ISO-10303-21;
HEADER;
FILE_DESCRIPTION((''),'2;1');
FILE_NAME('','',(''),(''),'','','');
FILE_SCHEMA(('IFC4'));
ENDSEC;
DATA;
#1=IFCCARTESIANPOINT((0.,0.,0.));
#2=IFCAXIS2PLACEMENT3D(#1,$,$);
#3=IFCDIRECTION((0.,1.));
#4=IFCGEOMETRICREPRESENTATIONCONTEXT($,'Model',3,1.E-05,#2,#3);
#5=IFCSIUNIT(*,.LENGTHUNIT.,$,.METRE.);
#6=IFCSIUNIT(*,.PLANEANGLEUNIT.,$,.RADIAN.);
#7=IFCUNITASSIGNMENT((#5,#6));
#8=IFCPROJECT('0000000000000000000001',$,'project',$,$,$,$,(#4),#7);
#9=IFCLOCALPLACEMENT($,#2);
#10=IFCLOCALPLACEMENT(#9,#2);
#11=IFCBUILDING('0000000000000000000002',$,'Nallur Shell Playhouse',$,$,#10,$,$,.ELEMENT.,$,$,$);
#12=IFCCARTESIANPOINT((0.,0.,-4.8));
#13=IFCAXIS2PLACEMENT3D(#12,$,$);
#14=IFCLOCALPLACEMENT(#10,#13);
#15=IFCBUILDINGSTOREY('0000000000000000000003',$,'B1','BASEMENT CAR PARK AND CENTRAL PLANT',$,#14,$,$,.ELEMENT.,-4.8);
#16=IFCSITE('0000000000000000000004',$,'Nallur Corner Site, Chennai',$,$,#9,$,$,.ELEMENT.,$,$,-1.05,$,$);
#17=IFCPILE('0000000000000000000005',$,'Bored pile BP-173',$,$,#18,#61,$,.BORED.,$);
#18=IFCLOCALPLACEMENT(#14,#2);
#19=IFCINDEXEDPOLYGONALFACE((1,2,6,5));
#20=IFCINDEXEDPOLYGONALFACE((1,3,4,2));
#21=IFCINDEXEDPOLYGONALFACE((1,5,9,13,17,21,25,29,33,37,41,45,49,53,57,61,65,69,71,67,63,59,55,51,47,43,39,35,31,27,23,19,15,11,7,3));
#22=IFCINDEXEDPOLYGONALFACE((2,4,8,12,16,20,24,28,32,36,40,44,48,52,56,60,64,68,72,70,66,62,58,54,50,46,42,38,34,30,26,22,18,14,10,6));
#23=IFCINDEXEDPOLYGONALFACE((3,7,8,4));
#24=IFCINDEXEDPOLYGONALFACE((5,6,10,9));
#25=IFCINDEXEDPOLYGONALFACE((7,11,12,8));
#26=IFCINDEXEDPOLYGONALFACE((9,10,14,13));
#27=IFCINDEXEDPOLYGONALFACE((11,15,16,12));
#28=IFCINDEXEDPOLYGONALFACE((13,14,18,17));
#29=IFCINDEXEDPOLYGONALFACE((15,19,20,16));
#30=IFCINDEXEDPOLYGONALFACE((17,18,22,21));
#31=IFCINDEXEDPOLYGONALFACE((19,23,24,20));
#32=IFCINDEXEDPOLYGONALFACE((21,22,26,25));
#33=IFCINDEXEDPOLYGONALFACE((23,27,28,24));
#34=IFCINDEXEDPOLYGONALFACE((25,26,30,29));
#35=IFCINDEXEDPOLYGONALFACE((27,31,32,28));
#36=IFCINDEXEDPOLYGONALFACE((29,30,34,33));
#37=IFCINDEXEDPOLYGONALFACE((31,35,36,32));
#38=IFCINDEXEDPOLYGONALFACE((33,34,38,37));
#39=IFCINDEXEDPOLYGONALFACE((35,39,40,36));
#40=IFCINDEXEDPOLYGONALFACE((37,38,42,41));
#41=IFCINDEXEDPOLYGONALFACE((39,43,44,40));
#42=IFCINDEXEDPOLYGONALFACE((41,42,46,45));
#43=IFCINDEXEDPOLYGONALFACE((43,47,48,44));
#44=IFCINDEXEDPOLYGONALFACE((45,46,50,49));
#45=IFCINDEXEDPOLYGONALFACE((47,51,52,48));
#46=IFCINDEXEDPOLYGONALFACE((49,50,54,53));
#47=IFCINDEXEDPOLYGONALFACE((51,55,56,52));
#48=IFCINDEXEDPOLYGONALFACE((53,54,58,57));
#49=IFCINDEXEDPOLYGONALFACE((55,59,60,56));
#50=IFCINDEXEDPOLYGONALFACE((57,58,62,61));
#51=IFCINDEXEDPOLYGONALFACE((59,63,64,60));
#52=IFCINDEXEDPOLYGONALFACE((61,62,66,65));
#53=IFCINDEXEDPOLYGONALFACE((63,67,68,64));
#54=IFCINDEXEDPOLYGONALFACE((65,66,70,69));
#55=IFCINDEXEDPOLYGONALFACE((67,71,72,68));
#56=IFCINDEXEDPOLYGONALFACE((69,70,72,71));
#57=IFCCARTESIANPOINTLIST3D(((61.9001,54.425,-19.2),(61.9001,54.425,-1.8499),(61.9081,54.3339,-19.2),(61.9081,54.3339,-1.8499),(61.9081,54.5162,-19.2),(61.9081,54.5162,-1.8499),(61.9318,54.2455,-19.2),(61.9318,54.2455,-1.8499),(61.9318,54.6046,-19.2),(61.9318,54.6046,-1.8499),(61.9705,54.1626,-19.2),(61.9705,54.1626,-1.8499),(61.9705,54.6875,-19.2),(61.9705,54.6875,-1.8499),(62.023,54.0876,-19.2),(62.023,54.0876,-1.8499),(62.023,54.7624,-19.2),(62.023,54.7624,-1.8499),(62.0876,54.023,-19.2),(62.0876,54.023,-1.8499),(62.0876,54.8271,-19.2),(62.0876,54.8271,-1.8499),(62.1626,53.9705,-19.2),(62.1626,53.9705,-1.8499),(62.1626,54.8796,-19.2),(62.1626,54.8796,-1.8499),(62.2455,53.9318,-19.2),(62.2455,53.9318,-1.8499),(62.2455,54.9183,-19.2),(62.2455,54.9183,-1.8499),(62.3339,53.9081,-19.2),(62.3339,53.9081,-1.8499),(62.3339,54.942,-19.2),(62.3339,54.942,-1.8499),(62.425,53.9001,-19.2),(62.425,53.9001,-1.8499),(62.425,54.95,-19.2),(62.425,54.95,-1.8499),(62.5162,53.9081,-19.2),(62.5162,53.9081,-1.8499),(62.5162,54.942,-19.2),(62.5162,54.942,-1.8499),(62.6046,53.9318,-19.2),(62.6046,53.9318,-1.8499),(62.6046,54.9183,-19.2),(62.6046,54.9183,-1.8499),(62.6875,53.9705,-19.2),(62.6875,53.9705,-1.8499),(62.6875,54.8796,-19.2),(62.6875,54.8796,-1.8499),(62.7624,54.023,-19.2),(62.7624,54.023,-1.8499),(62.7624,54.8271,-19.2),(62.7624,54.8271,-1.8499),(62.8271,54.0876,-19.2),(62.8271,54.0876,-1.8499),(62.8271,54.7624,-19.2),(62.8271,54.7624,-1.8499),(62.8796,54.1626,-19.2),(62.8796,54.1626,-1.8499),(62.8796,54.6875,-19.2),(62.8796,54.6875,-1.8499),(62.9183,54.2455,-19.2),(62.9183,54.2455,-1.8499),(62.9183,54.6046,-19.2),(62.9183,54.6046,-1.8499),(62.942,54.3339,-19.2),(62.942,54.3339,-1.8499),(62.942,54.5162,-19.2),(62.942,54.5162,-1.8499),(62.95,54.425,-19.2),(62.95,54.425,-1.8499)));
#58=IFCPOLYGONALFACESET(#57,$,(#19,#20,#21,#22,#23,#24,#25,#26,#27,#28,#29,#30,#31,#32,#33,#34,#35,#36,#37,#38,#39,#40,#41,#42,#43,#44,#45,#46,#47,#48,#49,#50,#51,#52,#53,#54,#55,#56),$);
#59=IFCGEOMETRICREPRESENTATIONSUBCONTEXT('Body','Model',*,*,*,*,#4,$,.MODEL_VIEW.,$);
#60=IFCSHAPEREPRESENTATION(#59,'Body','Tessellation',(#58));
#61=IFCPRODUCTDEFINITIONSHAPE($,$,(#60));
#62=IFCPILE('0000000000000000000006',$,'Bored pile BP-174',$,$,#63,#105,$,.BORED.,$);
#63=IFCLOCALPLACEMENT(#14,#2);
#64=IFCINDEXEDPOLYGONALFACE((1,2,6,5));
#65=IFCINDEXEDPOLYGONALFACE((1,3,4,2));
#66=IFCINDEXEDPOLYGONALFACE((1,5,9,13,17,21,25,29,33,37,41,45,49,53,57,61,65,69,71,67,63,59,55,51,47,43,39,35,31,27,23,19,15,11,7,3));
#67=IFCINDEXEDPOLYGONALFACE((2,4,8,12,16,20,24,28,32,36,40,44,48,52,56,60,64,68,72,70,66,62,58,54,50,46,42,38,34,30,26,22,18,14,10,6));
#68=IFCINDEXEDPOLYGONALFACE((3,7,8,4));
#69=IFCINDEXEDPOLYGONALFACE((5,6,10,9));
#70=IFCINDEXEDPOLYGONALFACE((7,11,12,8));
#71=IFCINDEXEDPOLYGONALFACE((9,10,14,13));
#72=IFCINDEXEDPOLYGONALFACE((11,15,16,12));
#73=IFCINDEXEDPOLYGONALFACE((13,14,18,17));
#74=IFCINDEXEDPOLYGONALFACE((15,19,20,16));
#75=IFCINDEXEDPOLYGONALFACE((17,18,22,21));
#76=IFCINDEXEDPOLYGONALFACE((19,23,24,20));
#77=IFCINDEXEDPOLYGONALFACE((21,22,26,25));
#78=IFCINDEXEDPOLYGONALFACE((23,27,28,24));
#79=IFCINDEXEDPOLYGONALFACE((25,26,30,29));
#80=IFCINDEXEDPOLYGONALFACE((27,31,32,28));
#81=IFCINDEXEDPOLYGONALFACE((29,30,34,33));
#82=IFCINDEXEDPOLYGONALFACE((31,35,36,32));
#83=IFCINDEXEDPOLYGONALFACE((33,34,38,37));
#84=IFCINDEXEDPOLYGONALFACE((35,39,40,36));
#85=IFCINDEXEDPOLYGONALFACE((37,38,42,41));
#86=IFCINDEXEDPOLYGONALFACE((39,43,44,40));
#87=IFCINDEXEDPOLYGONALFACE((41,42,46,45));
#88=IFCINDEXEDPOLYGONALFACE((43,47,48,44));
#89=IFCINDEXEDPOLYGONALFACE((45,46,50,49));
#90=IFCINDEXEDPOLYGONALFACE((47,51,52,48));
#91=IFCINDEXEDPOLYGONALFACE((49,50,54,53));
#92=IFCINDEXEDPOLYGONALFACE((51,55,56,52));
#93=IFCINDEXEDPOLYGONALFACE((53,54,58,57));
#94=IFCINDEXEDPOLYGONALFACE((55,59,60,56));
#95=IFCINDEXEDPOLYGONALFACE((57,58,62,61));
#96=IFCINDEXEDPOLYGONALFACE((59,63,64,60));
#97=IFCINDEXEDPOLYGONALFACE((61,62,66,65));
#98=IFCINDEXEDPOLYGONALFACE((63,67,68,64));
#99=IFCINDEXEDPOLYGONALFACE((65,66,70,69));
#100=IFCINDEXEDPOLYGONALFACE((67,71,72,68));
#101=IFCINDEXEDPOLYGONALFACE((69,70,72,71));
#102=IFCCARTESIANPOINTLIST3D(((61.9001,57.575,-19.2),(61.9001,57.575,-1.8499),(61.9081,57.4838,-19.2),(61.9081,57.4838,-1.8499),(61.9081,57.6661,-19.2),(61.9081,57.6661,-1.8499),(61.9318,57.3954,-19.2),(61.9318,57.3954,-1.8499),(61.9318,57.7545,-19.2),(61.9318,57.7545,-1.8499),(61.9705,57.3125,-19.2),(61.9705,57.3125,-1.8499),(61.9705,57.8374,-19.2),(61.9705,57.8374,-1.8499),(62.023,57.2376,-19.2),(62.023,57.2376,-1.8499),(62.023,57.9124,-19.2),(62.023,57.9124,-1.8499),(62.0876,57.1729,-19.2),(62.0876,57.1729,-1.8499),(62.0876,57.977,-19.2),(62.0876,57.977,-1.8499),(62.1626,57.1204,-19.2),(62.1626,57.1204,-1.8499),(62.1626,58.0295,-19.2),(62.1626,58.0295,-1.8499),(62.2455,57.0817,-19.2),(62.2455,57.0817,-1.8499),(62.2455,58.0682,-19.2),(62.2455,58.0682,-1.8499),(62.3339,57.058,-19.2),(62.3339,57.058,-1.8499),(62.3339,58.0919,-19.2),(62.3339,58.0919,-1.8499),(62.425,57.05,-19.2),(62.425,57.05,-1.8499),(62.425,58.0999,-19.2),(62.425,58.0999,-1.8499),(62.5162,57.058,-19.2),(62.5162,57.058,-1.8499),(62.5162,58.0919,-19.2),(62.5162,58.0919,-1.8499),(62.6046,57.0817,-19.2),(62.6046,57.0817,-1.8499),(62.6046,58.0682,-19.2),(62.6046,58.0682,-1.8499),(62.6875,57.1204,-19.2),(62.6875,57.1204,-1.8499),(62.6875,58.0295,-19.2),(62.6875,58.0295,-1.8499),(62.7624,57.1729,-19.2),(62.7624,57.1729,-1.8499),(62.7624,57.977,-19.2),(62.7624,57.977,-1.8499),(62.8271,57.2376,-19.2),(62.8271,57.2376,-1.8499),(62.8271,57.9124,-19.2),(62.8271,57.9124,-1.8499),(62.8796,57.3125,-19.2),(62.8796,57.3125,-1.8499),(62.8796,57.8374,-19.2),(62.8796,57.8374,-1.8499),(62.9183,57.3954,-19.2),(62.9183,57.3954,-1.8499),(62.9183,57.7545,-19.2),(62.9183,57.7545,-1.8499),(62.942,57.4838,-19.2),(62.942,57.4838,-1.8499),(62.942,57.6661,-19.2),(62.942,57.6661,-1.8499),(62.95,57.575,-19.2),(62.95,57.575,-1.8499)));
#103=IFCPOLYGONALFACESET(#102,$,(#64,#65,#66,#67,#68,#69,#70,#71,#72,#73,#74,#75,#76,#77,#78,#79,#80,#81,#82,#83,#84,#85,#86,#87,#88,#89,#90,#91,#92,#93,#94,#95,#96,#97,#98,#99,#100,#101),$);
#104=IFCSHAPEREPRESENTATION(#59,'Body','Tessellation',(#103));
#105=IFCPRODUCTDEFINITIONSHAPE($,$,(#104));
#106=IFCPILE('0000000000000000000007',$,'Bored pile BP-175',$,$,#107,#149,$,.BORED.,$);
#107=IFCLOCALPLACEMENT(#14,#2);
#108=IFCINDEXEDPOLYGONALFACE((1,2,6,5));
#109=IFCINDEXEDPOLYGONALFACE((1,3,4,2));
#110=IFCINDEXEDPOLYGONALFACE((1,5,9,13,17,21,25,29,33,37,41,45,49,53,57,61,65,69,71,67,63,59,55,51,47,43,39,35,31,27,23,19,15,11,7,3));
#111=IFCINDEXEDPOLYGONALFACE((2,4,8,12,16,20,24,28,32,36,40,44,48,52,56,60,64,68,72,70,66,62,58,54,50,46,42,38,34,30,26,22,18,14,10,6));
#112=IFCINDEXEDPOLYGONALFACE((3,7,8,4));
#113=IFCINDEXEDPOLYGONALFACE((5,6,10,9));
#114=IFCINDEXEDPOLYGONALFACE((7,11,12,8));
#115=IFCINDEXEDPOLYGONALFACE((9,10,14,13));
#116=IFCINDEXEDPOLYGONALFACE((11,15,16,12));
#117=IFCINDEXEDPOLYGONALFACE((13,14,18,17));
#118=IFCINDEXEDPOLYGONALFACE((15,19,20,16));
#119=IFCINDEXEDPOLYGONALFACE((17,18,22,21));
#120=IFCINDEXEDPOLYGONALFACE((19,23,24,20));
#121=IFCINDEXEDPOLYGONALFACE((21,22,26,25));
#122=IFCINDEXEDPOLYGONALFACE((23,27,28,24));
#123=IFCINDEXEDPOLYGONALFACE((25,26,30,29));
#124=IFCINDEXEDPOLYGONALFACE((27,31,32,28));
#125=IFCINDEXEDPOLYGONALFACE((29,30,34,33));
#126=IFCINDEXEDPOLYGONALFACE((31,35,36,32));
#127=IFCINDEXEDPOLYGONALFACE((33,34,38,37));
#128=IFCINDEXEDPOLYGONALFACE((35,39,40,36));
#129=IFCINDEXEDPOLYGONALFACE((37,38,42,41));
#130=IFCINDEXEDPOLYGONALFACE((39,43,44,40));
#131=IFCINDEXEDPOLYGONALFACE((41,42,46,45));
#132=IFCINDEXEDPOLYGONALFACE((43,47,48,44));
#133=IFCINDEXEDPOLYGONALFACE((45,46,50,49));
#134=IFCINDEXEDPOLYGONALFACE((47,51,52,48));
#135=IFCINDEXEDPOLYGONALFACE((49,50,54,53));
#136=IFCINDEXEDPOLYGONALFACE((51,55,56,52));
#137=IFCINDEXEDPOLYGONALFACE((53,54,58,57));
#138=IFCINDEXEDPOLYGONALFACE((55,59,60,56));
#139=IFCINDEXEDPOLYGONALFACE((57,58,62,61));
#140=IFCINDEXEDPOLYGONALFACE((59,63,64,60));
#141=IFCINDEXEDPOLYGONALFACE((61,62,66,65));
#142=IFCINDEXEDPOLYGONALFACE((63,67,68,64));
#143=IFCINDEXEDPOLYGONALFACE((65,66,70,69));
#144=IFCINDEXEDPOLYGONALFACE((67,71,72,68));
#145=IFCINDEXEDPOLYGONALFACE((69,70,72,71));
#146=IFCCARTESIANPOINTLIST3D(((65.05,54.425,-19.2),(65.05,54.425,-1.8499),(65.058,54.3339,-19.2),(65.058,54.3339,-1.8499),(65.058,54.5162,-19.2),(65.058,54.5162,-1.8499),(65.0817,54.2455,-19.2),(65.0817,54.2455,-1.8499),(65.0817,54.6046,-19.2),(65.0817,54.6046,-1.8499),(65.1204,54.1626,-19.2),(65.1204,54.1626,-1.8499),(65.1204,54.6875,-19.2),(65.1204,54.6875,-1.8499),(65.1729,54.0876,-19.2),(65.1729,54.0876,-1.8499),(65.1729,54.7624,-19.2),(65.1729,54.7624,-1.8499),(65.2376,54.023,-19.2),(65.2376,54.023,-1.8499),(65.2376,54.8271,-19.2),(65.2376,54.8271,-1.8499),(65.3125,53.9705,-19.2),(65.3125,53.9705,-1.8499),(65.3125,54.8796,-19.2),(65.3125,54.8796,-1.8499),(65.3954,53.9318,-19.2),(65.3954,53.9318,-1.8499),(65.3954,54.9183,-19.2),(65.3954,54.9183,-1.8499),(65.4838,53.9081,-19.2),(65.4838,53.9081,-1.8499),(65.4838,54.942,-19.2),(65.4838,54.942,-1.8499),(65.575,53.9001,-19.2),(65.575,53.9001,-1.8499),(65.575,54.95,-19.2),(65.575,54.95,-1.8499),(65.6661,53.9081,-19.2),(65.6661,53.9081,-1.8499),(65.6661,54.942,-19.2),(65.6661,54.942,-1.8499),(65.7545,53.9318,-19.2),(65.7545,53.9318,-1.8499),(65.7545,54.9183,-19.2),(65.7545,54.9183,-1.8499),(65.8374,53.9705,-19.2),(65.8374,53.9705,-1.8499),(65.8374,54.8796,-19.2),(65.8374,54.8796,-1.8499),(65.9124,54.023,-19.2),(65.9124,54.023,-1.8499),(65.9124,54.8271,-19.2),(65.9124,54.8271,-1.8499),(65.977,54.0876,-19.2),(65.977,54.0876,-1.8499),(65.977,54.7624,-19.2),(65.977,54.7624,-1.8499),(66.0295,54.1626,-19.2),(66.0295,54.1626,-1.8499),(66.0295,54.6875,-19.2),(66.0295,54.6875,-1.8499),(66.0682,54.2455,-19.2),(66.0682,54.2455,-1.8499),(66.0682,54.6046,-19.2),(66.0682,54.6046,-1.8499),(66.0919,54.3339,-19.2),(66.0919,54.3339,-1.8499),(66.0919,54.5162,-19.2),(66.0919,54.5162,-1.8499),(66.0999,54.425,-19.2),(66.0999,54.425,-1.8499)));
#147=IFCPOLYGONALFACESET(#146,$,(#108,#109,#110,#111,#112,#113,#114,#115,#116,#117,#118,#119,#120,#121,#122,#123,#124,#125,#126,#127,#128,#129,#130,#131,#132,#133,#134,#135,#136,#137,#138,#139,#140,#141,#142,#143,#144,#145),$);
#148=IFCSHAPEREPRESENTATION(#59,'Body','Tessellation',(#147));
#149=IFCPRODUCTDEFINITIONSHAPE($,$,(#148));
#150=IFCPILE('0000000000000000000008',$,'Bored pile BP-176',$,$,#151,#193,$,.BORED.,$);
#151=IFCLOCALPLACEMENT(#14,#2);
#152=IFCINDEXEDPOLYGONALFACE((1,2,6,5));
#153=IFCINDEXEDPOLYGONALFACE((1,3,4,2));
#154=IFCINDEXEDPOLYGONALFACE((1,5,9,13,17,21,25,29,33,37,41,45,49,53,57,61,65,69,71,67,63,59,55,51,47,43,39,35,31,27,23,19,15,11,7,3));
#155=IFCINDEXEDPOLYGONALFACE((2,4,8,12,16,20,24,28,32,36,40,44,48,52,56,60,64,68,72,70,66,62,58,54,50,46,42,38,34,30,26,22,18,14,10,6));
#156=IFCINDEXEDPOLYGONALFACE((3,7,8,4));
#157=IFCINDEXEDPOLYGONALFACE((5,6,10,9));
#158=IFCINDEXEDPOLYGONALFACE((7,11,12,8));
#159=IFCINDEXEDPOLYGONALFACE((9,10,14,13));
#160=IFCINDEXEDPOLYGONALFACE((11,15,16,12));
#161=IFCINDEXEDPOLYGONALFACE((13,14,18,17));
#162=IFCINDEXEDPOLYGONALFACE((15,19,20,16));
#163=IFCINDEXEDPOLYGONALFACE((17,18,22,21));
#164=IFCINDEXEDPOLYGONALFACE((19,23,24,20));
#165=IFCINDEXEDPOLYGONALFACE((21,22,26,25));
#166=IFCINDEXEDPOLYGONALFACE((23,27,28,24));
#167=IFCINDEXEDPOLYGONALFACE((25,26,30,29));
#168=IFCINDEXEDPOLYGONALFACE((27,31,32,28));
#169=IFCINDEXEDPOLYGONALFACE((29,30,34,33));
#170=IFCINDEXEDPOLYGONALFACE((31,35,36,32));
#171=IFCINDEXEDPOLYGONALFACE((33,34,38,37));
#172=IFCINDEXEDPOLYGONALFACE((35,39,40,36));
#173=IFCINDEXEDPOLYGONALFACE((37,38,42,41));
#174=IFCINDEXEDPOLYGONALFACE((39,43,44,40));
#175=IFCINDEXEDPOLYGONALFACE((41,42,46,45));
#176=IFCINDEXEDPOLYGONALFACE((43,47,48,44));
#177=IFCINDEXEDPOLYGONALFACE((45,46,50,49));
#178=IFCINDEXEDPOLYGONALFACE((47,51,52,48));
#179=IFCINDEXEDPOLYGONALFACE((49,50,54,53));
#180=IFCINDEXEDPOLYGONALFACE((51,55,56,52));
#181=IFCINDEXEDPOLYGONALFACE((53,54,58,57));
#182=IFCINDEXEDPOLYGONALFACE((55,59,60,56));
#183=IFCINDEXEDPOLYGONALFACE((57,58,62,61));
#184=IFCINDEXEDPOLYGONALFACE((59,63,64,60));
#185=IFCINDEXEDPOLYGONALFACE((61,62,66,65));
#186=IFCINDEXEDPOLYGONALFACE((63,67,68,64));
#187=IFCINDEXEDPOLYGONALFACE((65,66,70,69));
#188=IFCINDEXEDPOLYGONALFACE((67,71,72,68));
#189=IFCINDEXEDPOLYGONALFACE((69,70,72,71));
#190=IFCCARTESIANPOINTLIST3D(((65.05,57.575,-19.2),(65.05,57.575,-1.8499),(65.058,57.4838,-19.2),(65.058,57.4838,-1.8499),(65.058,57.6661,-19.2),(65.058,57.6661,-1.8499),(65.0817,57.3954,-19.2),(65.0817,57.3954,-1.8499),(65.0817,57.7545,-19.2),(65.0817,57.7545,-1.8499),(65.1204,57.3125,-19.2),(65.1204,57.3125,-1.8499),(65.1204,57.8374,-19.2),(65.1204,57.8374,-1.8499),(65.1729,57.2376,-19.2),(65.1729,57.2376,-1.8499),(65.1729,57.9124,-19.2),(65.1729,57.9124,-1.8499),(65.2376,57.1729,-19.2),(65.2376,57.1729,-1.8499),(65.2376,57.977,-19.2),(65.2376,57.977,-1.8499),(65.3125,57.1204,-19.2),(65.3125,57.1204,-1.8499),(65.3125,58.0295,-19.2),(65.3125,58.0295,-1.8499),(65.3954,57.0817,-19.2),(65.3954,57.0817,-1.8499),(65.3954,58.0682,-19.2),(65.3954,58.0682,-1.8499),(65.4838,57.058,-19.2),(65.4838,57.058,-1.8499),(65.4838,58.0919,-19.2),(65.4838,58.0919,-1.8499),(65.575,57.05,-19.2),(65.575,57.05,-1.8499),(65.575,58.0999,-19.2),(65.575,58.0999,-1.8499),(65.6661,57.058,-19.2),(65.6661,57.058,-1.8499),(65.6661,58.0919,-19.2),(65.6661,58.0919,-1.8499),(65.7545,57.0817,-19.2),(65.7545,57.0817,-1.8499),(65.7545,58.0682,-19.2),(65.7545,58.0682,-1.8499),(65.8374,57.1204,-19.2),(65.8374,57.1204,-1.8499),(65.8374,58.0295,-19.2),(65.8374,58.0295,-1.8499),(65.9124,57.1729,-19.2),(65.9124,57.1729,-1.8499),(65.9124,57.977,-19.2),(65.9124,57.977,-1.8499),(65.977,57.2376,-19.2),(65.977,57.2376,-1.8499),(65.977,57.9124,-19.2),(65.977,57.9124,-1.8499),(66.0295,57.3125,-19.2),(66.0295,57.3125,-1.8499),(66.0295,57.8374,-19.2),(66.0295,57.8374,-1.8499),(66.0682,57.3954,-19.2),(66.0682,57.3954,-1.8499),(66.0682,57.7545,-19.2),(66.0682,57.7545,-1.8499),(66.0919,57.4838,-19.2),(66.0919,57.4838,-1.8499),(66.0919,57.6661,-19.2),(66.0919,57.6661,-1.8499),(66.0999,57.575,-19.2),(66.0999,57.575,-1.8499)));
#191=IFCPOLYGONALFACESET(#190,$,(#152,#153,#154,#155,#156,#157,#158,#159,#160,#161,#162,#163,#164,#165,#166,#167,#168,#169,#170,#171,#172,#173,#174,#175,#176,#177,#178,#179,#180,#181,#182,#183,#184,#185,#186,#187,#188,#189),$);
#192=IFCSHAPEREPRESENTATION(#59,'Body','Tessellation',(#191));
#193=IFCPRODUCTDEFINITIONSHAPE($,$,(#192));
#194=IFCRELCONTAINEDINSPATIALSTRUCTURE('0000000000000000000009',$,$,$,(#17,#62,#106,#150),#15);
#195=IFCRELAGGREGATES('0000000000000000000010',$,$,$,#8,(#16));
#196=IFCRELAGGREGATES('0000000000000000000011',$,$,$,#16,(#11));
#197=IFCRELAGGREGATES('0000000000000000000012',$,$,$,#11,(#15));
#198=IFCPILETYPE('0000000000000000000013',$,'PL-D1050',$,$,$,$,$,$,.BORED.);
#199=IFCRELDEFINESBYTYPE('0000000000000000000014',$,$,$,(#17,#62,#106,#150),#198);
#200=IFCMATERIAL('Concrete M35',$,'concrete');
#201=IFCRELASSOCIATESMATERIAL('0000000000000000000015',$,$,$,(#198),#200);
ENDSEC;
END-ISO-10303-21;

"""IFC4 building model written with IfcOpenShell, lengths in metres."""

from ifc_helpers import new_model, si_unit, direction, frame, origin, origin_2d, place, context, subcontext, project, spatial, circle, extrude, material, material_profile, profile_set, type_object, element, save


model = new_model("IFC4")

# Units and contexts
model_context = context("Model", 3, precision=1e-05, world=origin(), true_north=direction((0.0, 1.0)))
body_context = subcontext(model_context, "Body", "Model", "MODEL_VIEW")
ifc_project = project(units=[si_unit("LENGTHUNIT", "METRE"), si_unit("PLANEANGLEUNIT", "RADIAN")], contexts=[model_context])

# Site, building, storey
site_placement = place(None, origin())
site = spatial("IfcSite", under=ifc_project, at=site_placement, Name="Nallur Corner Site, Chennai", CompositionType="ELEMENT", RefElevation=-1.05)
building_placement = place(site_placement, origin())
building = spatial("IfcBuilding", under=site, at=building_placement, Name="Nallur Shell Playhouse", CompositionType="ELEMENT")
storey_placement = place(building_placement, frame((0.0, 0.0, -4.8)))
storey = spatial("IfcBuildingStorey", under=building, at=storey_placement, Name="B1", Description="BASEMENT CAR PARK AND CENTRAL PLANT", CompositionType="ELEMENT", Elevation=-4.8)

# Shared definitions
ifc_material_1 = material(Name="Concrete M35", Category="concrete")

# Piles
ifc_material_profile_1 = material_profile(ifc_material_1, circle(Radius=0.5249, at=origin_2d()), Name="BORED PILE D1050")
ifc_profile_set_1 = profile_set([ifc_material_profile_1], Name="Concrete M35")
pile_type = type_object("IfcPileType", Name="PL-D1050", PredefinedType="BORED", material=ifc_profile_set_1)
for number, where, z_axis, x_axis, name in (
    (1, (62.425, 54.425, -1.8499), (0.0, 0.0, -1.0), (1.0, 0.0, 0.0), "Bored pile BP-173"),
    (2, (62.425, 57.575, -1.8499), (0.0, 0.0, -1.0), (1.0, 0.0, 0.0), "Bored pile BP-174"),
    (3, (65.575, 54.425, -1.8499), (0.0, 0.0, -1.0), (1.0, 0.0, 0.0), "Bored pile BP-175"),
    (4, (65.575, 57.575, -1.8499), (0.0, 0.0, -1.0), (1.0, 0.0, 0.0), "Bored pile BP-176"),
):
    element("IfcPile", number, at=place(storey_placement, frame(where, z_axis=z_axis, x_axis=x_axis)), inside=storey, type_object=pile_type, Name=name, PredefinedType="BORED", context=body_context, shape_type="SweptSolid", body=[
        extrude(circle(Radius=0.5249, at=origin_2d()), origin(), (0.0, 0.0, 1.0), 17.3501),
    ])

save(model, "model.ifc")
